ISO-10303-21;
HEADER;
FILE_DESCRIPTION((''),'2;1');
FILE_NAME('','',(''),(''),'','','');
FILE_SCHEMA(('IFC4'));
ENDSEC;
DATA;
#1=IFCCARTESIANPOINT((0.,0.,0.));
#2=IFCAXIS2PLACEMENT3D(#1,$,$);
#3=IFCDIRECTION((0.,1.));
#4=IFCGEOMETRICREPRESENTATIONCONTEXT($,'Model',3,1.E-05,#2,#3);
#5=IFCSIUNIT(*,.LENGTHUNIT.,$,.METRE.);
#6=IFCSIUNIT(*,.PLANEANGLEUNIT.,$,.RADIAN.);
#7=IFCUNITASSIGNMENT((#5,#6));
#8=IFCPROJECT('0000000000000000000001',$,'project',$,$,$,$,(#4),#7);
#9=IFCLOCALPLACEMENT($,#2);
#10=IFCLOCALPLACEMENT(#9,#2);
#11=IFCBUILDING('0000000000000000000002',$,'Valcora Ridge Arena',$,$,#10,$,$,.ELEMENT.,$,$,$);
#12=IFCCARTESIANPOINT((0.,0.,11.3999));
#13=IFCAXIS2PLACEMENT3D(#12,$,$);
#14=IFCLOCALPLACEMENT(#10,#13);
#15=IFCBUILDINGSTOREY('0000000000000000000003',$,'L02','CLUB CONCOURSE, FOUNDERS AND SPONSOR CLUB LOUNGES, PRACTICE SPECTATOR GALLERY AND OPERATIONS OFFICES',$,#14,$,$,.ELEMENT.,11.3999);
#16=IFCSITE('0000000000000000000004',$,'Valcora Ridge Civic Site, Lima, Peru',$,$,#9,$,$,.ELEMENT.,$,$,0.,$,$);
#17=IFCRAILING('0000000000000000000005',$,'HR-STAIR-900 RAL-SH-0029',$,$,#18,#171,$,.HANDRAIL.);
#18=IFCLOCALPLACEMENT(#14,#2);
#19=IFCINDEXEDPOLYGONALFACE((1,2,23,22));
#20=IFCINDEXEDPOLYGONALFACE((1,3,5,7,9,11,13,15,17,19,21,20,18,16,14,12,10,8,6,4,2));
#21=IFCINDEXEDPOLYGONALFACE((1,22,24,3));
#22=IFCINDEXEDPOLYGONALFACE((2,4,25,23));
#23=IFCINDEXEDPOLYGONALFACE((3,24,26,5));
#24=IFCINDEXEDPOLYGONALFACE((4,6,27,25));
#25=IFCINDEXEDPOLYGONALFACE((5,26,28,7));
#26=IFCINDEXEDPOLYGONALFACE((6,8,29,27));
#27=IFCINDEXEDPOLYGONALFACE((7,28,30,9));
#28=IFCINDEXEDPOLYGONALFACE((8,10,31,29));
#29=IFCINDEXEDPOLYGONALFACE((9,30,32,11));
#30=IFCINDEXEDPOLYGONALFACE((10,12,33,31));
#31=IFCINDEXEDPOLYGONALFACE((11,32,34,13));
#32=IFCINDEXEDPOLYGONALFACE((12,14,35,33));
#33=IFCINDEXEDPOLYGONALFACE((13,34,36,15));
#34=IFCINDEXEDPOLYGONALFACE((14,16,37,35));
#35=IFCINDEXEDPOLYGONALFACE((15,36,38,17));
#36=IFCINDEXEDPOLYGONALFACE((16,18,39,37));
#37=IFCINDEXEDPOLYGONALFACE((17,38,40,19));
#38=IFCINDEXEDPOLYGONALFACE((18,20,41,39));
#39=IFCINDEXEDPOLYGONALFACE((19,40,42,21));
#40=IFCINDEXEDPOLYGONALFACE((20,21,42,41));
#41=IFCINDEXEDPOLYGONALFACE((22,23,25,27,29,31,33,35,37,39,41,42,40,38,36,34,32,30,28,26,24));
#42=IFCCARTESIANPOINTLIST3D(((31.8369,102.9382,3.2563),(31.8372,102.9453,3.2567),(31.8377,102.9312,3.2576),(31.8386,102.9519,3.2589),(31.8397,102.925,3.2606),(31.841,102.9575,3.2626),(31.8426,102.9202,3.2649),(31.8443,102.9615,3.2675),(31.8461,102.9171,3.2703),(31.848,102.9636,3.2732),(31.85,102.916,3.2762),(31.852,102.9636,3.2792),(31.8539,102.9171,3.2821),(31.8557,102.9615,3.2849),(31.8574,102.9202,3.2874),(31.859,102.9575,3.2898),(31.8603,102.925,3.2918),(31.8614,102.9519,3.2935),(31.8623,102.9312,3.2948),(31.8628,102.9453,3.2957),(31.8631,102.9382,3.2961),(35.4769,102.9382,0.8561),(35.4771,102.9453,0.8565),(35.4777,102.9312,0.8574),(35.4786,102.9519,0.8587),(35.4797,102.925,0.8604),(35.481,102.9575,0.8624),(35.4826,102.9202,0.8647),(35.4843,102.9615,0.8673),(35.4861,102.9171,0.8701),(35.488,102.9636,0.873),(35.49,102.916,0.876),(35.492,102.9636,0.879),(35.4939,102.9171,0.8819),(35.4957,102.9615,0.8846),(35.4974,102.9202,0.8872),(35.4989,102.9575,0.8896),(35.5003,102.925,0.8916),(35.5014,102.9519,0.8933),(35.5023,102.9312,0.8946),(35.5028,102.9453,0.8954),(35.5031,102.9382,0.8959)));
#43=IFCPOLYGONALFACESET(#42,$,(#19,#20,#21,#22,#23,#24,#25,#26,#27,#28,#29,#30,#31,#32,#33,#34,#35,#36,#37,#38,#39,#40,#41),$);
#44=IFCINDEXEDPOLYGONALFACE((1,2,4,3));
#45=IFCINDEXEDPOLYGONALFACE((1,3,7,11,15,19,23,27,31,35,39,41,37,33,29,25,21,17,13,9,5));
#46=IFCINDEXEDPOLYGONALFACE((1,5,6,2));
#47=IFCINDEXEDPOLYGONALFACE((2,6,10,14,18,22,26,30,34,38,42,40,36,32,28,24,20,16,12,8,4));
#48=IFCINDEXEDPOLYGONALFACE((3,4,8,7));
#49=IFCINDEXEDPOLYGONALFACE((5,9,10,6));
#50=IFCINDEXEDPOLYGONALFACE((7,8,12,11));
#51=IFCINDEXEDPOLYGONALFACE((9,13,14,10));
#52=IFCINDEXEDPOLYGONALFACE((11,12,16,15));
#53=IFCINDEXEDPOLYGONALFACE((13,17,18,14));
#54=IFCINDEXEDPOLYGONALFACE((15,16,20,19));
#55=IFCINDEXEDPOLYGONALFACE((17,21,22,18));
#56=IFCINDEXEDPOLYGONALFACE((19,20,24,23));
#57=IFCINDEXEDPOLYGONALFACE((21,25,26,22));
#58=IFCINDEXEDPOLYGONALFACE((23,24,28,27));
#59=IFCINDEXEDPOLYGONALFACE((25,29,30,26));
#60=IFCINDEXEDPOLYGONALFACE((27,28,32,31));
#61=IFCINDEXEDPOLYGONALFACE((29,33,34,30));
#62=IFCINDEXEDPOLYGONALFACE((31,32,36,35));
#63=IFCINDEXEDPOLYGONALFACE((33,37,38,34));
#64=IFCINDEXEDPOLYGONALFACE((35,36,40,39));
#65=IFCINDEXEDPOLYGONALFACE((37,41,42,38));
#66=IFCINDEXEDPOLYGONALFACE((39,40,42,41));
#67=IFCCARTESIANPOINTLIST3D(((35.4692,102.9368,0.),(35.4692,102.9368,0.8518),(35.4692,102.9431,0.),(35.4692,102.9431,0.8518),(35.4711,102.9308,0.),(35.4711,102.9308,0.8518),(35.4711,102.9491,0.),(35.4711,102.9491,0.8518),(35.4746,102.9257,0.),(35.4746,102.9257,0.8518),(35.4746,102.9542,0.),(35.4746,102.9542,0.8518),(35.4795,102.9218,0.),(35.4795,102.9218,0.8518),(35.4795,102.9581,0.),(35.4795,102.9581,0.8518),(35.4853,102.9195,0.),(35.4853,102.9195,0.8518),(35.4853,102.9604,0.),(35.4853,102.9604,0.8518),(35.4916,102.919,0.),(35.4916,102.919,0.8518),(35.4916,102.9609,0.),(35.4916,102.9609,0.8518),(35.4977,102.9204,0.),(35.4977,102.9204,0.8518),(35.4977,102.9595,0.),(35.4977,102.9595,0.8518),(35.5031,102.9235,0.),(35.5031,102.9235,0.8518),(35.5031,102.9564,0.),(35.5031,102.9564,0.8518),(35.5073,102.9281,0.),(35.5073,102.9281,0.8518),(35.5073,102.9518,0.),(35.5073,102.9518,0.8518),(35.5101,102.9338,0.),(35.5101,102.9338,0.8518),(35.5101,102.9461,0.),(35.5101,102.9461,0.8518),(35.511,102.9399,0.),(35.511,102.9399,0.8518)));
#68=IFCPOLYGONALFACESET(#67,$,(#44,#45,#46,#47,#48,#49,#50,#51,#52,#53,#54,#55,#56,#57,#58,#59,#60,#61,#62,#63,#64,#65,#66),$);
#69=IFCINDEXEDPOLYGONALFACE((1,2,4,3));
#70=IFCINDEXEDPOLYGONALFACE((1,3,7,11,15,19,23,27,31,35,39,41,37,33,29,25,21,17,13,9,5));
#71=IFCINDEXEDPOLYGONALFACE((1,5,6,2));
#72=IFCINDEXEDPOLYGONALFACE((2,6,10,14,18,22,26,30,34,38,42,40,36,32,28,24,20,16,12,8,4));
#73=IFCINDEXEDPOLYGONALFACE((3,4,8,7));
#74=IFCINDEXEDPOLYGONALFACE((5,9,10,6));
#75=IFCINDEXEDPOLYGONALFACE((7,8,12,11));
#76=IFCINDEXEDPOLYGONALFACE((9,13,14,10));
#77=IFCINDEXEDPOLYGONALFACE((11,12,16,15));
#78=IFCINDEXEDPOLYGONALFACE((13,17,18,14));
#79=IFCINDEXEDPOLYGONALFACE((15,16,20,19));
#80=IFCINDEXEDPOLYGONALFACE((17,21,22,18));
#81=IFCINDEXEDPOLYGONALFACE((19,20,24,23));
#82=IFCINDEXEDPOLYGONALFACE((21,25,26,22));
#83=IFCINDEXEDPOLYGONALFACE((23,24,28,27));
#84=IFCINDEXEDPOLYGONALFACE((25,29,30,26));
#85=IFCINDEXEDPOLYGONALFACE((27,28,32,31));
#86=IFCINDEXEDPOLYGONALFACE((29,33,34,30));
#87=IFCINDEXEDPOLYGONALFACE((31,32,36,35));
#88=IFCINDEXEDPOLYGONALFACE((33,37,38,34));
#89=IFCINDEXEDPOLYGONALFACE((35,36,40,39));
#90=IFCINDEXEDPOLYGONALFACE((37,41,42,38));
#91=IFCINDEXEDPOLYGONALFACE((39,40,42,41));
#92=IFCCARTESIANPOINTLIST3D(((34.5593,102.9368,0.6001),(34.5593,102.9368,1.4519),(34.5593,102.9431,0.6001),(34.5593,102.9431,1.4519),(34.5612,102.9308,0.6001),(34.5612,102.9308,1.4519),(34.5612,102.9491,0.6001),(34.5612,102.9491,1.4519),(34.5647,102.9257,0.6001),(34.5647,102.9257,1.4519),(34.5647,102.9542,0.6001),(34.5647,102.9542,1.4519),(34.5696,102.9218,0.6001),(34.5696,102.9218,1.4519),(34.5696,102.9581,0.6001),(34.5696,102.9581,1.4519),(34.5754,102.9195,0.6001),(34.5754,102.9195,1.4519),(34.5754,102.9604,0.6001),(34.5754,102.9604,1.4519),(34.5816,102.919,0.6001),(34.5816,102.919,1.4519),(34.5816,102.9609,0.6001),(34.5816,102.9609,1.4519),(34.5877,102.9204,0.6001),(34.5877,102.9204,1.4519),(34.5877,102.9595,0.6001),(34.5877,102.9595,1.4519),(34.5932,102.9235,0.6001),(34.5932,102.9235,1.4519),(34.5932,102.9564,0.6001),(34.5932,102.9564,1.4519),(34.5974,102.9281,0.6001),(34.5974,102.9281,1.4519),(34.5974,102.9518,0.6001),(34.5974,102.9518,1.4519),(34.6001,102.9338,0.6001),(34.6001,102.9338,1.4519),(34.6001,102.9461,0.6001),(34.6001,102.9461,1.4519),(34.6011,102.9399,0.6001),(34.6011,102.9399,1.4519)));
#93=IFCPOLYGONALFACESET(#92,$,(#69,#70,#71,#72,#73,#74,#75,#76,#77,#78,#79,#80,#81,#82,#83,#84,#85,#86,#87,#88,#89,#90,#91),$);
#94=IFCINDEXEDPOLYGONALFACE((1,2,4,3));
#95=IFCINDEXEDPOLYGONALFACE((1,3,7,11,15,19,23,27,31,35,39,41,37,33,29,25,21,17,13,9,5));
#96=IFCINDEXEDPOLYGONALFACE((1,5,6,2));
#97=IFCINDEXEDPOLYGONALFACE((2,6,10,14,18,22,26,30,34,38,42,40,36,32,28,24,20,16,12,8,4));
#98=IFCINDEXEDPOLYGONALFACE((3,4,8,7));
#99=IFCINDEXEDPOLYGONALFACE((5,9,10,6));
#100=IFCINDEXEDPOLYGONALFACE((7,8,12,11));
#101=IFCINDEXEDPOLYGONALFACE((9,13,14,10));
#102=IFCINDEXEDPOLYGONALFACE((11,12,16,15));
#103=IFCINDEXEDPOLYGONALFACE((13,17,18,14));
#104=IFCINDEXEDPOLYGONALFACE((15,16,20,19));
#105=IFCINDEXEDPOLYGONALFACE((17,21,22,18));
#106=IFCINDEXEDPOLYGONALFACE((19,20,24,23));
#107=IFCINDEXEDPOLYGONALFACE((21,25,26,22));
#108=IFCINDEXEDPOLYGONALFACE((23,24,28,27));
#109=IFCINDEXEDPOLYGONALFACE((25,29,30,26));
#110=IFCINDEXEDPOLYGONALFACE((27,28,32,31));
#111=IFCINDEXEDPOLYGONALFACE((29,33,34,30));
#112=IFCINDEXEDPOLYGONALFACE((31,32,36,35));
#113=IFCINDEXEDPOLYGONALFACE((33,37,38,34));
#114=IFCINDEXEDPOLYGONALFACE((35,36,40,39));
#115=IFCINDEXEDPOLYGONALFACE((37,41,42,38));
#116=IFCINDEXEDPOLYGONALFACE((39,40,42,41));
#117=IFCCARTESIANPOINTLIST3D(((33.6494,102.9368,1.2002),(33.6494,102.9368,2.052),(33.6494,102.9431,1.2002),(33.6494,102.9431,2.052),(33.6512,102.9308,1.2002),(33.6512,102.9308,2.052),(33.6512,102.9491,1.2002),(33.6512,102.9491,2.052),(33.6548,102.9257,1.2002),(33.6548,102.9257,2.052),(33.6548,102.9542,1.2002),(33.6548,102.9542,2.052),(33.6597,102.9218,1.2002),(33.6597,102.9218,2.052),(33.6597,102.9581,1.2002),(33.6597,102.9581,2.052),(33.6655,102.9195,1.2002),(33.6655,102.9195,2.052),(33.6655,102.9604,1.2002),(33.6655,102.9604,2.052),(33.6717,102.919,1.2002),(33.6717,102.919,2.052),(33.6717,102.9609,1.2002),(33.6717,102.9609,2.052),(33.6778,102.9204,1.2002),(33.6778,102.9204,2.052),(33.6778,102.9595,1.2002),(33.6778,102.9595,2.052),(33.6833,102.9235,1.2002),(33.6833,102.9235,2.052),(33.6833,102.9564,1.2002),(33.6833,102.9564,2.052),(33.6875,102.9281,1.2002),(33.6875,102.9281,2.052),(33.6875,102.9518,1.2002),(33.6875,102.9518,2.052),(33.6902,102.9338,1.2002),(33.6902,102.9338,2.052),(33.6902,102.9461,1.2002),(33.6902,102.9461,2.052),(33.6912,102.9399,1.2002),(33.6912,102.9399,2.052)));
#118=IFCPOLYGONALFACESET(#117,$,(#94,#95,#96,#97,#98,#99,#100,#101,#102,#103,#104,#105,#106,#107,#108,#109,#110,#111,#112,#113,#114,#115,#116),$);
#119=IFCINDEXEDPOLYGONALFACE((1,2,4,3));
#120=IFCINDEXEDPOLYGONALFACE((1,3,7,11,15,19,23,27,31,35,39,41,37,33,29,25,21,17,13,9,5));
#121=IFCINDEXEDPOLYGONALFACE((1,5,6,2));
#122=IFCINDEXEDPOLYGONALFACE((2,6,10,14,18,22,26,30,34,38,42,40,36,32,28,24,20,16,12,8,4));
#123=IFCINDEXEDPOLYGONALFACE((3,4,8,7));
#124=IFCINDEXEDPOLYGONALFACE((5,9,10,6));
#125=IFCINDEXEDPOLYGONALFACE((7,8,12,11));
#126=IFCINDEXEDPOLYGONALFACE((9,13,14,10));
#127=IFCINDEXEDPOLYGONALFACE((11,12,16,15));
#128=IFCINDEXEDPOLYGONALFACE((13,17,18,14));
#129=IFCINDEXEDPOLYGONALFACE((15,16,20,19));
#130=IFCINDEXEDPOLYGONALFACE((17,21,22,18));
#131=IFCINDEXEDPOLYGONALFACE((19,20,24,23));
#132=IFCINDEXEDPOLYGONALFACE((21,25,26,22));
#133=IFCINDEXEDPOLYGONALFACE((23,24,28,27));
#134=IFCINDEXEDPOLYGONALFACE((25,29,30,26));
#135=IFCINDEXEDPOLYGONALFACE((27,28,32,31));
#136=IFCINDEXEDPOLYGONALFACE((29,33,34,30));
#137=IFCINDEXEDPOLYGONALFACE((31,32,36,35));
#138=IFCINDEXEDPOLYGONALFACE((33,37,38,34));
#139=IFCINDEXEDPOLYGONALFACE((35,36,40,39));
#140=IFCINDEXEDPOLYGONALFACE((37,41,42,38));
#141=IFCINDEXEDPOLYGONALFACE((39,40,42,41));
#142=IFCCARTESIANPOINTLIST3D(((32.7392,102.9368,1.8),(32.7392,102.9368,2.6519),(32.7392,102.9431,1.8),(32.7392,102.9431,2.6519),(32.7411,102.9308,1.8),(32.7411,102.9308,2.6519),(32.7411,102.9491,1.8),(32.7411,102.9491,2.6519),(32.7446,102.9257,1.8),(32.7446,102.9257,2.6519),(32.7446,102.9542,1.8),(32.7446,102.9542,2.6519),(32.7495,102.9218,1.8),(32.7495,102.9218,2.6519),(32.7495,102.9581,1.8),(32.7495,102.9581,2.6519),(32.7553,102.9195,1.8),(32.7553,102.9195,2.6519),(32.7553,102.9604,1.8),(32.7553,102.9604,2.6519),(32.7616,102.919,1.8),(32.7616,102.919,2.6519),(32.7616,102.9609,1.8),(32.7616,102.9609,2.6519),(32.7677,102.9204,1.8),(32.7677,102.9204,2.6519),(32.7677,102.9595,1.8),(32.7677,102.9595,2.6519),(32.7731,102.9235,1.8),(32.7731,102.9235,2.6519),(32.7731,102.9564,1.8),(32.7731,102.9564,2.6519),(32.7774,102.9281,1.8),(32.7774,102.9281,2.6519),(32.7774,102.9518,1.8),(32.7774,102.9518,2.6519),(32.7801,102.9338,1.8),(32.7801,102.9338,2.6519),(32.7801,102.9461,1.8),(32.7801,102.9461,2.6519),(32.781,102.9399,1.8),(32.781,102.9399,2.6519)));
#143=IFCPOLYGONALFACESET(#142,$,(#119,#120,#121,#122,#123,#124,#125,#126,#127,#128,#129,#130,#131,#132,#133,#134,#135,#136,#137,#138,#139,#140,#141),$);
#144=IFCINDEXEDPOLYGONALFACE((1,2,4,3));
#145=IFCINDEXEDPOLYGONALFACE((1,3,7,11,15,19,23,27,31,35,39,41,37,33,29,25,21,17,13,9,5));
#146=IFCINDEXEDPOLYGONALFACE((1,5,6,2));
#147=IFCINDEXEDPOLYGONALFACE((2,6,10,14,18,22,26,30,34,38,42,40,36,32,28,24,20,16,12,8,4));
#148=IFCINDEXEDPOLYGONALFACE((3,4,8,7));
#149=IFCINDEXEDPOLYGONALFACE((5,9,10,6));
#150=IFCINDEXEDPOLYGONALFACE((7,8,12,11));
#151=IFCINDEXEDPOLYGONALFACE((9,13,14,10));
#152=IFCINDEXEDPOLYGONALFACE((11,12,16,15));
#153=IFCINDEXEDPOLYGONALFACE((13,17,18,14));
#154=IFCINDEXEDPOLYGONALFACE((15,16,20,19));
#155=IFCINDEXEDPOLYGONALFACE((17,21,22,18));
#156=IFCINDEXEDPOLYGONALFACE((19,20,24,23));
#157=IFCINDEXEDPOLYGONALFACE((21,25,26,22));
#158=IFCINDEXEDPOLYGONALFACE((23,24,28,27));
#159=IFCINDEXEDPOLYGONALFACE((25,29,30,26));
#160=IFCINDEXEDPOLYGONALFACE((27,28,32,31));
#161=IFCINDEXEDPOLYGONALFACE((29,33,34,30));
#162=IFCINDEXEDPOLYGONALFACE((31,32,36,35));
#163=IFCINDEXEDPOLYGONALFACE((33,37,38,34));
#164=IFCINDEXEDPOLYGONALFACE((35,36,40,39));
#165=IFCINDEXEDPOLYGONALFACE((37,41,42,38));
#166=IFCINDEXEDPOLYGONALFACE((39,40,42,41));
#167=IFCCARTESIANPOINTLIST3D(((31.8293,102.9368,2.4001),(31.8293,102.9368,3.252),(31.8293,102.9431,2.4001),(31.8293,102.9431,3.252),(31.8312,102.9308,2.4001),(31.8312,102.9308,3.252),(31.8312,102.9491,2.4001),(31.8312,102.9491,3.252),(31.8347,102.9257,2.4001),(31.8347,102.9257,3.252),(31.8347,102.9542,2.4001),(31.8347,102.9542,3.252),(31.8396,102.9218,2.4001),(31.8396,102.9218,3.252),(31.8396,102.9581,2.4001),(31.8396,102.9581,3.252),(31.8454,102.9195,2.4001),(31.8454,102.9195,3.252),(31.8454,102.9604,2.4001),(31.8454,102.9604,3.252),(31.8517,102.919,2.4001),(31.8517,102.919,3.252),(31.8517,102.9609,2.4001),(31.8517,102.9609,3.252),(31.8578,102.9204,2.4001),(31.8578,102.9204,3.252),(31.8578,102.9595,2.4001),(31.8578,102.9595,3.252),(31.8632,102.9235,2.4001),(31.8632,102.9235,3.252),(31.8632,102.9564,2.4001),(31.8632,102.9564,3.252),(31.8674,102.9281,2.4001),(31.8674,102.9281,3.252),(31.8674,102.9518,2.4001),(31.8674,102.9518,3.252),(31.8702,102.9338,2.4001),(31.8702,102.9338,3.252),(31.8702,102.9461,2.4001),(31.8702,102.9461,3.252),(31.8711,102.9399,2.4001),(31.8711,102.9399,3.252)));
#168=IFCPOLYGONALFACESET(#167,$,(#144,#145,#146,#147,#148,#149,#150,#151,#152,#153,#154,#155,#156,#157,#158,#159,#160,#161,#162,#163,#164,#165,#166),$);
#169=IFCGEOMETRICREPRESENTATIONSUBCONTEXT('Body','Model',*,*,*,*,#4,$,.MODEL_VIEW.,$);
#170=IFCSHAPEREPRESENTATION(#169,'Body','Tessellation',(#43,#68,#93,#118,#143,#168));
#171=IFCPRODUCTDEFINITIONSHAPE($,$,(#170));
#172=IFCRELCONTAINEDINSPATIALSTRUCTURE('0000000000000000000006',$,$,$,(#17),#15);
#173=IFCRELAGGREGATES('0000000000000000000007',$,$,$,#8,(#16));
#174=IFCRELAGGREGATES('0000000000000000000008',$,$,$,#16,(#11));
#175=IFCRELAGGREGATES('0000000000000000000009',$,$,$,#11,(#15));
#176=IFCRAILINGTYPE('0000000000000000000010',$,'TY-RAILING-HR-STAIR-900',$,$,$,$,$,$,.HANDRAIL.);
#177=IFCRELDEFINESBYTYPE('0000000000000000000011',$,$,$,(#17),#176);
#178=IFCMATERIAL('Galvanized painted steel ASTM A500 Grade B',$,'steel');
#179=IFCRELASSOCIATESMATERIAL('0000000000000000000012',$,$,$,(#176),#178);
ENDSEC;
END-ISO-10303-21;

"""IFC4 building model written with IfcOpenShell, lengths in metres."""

from ifc_helpers import new_model, si_unit, direction, frame, origin, origin_2d, place, context, subcontext, project, spatial, circle, extrude, material, type_object, element, save


model = new_model("IFC4")

# Units and contexts
model_context = context("Model", 3, precision=1e-05, world=origin(), true_north=direction((0.0, 1.0)))
body_context = subcontext(model_context, "Body", "Model", "MODEL_VIEW")
ifc_project = project(units=[si_unit("LENGTHUNIT", "METRE"), si_unit("PLANEANGLEUNIT", "RADIAN")], contexts=[model_context])

# Site, building, storey
site_placement = place(None, origin())
site = spatial("IfcSite", under=ifc_project, at=site_placement, Name="Valcora Ridge Civic Site, Lima, Peru", CompositionType="ELEMENT", RefElevation=0.0)
building_placement = place(site_placement, origin())
building = spatial("IfcBuilding", under=site, at=building_placement, Name="Valcora Ridge Arena", CompositionType="ELEMENT")
storey_placement = place(building_placement, frame((0.0, 0.0, 11.3999)))
storey = spatial("IfcBuildingStorey", under=building, at=storey_placement, Name="L02", Description="CLUB CONCOURSE, FOUNDERS AND SPONSOR CLUB LOUNGES, PRACTICE SPECTATOR GALLERY AND OPERATIONS OFFICES", CompositionType="ELEMENT", Elevation=11.3999)

# Railing
ifc_material_1 = material(Name="Galvanized painted steel ASTM A500 Grade B", Category="steel")
railing_type_1 = type_object("IfcRailingType", Name="TY-RAILING-HR-STAIR-900", PredefinedType="HANDRAIL", material=ifc_material_1)
railing_1_placement = place(storey_placement, frame((35.49, 102.9399, 0.0)))
element("IfcRailing", 1, at=railing_1_placement, inside=storey, type_object=railing_type_1, Name="HR-STAIR-900 RAL-SH-0029", PredefinedType="HANDRAIL", context=body_context, shape_type="SweptSolid", body=[
    extrude(circle(Radius=0.0239, at=origin_2d()), frame((0.0, 0.0, 0.876), z_axis=(-0.834839, 0.0, 0.550493), x_axis=(0.0, -1.0, 0.0)), (0.0, 0.0, 1.0), 4.3601),
    extrude(circle(Radius=0.021, at=origin_2d()), origin(), (0.0, 0.0, 1.0), 0.8518),
    extrude(circle(Radius=0.021, at=origin_2d()), frame((-0.9099, 0.0, 0.6001)), (0.0, 0.0, 1.0), 0.8518),
    extrude(circle(Radius=0.021, at=origin_2d()), frame((-1.8198, 0.0, 1.2002)), (0.0, 0.0, 1.0), 0.8518),
    extrude(circle(Radius=0.021, at=origin_2d()), frame((-2.73, 0.0, 1.8)), (0.0, 0.0, 1.0), 0.8518),
    extrude(circle(Radius=0.021, at=origin_2d()), frame((-3.6399, 0.0, 2.4001)), (0.0, 0.0, 1.0), 0.8518),
])

save(model, "model.ifc")
